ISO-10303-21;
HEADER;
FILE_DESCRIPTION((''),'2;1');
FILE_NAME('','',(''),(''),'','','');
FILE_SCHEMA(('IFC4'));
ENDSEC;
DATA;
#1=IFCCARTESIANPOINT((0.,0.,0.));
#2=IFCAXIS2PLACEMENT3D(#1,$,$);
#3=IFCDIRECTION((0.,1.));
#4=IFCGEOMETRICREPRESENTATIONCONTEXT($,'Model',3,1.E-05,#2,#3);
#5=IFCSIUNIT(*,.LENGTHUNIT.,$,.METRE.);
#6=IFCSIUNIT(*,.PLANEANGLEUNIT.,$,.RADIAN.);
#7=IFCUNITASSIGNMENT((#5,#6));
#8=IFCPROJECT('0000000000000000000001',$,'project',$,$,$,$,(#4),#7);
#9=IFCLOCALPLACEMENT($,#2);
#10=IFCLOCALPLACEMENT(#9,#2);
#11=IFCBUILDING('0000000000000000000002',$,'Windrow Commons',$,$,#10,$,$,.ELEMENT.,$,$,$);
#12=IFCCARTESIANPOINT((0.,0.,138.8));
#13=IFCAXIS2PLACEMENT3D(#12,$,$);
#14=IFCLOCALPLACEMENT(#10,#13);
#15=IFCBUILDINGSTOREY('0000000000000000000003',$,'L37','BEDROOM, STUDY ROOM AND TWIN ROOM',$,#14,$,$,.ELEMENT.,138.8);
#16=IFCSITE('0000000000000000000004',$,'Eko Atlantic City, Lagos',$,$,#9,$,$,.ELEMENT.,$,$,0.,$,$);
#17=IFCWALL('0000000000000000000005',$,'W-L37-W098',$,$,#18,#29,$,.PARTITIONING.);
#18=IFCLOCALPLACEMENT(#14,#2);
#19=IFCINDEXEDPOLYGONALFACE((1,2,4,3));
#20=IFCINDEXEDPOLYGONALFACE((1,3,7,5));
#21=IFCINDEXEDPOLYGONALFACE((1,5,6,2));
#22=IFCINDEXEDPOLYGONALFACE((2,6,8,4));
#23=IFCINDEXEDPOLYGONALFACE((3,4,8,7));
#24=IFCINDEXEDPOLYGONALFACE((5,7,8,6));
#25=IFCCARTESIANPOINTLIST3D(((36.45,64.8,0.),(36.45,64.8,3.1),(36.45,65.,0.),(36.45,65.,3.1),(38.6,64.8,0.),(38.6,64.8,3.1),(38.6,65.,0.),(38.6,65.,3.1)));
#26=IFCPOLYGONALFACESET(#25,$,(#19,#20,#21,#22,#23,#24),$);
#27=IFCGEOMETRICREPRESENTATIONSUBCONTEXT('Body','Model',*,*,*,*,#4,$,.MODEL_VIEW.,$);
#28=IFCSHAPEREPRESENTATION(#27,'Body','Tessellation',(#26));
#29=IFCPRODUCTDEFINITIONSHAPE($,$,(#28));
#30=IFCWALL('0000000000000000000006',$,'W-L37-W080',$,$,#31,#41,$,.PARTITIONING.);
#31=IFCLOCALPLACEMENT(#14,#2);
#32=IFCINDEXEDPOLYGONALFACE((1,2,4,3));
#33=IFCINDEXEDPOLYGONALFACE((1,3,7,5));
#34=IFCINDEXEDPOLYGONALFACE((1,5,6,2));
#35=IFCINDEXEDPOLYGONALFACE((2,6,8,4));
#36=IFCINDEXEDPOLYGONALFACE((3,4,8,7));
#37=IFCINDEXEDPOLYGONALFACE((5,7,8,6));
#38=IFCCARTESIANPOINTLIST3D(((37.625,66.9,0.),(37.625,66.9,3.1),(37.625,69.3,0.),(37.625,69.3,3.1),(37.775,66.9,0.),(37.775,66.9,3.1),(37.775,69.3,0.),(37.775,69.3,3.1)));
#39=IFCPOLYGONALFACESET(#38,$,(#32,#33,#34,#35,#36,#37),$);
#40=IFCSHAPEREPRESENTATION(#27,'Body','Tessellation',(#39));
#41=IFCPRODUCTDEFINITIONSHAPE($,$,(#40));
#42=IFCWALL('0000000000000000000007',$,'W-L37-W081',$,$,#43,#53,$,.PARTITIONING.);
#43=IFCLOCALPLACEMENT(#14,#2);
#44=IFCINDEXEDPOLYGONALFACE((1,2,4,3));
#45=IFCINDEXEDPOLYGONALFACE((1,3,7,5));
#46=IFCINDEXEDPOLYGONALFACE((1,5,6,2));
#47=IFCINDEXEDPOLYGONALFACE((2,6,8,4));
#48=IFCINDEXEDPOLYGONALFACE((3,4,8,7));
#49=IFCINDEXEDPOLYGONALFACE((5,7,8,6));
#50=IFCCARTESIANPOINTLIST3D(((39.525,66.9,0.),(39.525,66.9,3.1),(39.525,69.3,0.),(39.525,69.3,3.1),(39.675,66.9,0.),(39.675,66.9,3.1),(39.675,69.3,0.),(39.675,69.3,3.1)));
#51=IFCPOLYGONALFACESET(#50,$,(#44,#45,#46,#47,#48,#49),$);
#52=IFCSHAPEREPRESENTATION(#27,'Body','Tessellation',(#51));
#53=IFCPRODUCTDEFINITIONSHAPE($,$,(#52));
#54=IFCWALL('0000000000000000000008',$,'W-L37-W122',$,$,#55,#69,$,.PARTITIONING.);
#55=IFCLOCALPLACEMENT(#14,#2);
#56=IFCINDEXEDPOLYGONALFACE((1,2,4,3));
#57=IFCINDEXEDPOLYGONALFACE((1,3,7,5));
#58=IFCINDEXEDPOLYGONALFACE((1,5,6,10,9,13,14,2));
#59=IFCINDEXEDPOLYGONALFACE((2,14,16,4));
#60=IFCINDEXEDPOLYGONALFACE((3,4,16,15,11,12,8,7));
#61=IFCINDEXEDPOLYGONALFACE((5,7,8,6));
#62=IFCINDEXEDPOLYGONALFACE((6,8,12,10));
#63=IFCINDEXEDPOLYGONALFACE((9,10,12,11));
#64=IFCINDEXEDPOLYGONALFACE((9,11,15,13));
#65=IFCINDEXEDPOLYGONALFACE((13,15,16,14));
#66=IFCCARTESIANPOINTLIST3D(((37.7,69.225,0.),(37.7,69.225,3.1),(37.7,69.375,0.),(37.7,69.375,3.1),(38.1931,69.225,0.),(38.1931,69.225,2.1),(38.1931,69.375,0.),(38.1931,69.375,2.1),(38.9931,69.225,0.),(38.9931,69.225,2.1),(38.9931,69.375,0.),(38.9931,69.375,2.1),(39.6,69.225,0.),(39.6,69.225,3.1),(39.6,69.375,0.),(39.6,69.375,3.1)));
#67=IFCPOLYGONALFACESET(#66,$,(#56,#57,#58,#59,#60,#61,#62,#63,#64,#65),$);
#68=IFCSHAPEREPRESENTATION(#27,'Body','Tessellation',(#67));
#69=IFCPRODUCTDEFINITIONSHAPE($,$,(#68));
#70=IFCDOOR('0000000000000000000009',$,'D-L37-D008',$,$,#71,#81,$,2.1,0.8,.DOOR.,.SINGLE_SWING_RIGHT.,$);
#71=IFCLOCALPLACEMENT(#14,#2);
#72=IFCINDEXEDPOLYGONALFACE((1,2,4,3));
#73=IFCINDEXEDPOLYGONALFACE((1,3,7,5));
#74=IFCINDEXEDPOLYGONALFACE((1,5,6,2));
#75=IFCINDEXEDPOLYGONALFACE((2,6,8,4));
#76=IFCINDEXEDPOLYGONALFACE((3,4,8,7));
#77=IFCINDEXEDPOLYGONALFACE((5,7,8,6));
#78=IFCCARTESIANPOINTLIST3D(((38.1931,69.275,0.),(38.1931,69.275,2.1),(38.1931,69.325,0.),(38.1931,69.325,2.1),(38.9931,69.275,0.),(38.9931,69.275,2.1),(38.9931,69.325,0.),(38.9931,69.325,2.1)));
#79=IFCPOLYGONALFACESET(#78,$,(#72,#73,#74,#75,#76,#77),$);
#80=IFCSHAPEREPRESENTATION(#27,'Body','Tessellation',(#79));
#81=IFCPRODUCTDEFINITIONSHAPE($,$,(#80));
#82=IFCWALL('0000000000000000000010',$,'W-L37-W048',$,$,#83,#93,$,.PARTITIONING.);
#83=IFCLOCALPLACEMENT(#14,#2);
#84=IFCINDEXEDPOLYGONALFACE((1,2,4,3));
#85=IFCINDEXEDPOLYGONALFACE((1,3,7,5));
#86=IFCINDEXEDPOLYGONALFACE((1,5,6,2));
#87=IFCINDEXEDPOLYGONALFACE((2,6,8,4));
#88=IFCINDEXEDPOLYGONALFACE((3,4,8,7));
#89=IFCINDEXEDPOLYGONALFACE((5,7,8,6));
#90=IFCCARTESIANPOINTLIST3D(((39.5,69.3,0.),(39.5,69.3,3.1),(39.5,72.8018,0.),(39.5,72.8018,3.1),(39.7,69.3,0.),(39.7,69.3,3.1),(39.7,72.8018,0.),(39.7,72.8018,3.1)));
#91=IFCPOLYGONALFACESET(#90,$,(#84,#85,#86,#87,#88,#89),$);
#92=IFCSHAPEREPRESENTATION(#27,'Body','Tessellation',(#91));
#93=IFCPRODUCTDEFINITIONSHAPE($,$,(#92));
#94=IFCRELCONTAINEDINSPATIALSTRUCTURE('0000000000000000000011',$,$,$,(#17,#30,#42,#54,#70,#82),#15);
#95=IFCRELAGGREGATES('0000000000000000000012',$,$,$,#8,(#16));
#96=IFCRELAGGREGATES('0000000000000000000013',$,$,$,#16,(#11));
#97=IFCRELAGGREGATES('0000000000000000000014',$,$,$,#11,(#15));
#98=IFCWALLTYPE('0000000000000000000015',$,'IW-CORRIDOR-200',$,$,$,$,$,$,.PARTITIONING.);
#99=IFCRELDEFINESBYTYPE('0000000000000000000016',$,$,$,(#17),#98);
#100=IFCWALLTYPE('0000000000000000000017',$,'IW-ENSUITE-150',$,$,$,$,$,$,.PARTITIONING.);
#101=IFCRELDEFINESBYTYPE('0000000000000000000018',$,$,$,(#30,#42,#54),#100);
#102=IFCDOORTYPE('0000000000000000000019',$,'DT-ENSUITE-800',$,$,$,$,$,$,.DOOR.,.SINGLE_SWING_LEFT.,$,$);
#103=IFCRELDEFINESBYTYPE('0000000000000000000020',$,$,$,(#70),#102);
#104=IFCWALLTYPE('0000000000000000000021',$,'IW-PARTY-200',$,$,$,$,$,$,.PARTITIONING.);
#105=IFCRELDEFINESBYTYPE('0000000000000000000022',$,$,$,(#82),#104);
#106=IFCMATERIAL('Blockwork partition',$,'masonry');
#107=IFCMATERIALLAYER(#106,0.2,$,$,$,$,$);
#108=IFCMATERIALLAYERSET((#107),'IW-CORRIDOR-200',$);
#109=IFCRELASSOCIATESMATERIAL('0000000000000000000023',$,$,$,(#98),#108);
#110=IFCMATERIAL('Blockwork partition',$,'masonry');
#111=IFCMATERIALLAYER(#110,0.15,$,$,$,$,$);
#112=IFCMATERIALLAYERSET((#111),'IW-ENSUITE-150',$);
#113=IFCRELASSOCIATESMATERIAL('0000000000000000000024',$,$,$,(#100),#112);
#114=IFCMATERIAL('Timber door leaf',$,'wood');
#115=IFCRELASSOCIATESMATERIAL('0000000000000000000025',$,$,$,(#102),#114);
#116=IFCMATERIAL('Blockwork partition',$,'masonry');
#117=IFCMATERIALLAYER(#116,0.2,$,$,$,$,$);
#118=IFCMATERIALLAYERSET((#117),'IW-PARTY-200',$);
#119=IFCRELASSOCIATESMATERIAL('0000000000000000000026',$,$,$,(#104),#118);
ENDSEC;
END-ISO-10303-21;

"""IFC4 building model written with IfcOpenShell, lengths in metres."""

from ifc_helpers import new_model, si_unit, direction, frame, frame_2d, origin, place, context, subcontext, project, spatial, rectangle, extrude, material, layer, layer_set, type_object, element, fill, save


model = new_model("IFC4")

# Units and contexts
model_context = context("Model", 3, precision=1e-05, world=origin(), true_north=direction((0.0, 1.0)))
body_context = subcontext(model_context, "Body", "Model", "MODEL_VIEW")
ifc_project = project(units=[si_unit("LENGTHUNIT", "METRE"), si_unit("PLANEANGLEUNIT", "RADIAN")], contexts=[model_context])

# Site, building, storey
site_placement = place(None, origin())
site = spatial("IfcSite", under=ifc_project, at=site_placement, Name="Eko Atlantic City, Lagos", CompositionType="ELEMENT", RefElevation=0.0)
building_placement = place(site_placement, origin())
building = spatial("IfcBuilding", under=site, at=building_placement, Name="Windrow Commons", CompositionType="ELEMENT")
storey_placement = place(building_placement, frame((0.0, 0.0, 138.8)))
storey = spatial("IfcBuildingStorey", under=building, at=storey_placement, Name="L37", Description="BEDROOM, STUDY ROOM AND TWIN ROOM", CompositionType="ELEMENT", Elevation=138.8)

# Shared definitions
ifc_material_1 = material(Name="Blockwork partition", Category="masonry")
ifc_layer_1 = layer(ifc_material_1, 0.2)
ifc_layer_set_1 = layer_set([ifc_layer_1], Name="IW-CORRIDOR-200")
wall_type_1 = type_object("IfcWallType", Name="IW-CORRIDOR-200", PredefinedType="PARTITIONING", material=ifc_layer_set_1)

# Walls
wall_1_placement = place(storey_placement, frame((36.45, 64.9, 0.0), z_axis=(0.0, 0.0, 1.0), x_axis=(1.0, 0.0, 0.0)))
element("IfcWall", 1, at=wall_1_placement, inside=storey, type_object=wall_type_1, Name="W-L37-W098", PredefinedType="PARTITIONING", context=body_context, shape_type="SweptSolid", body=[
    extrude(rectangle(XDim=2.15, YDim=0.2, at=frame_2d((1.075, 0.0))), origin(), (0.0, 0.0, 1.0), 3.1),
])
ifc_material_2 = material(Name="Blockwork partition", Category="masonry")
ifc_layer_2 = layer(ifc_material_2, 0.15)
ifc_layer_set_2 = layer_set([ifc_layer_2], Name="IW-ENSUITE-150")
wall_type_2 = type_object("IfcWallType", Name="IW-ENSUITE-150", PredefinedType="PARTITIONING", material=ifc_layer_set_2)
for number, where, z_axis, x_axis, name in (
    (2, (37.7, 66.9, 0.0), (0.0, 0.0, 1.0), (0.0, 1.0, 0.0), "W-L37-W080"),
    (3, (39.6, 66.9, 0.0), (0.0, 0.0, 1.0), (0.0, 1.0, 0.0), "W-L37-W081"),
):
    element("IfcWall", number, at=place(storey_placement, frame(where, z_axis=z_axis, x_axis=x_axis)), inside=storey, type_object=wall_type_2, Name=name, PredefinedType="PARTITIONING", context=body_context, shape_type="SweptSolid", body=[
        extrude(rectangle(XDim=2.4, YDim=0.15, at=frame_2d((1.2, 0.0))), origin(), (0.0, 0.0, 1.0), 3.1),
    ])

# Wall, opening, door
wall_2_placement = place(storey_placement, frame((37.7, 69.3, 0.0), z_axis=(0.0, 0.0, 1.0), x_axis=(1.0, 0.0, 0.0)))
wall_2 = element("IfcWall", 4, at=wall_2_placement, inside=storey, type_object=wall_type_2, Name="W-L37-W122", PredefinedType="PARTITIONING", context=body_context, shape_type="SweptSolid", body=[
    extrude(rectangle(XDim=1.9, YDim=0.15, at=frame_2d((0.95, 0.0))), origin(), (0.0, 0.0, 1.0), 3.1),
])
opening_1_placement = place(wall_2_placement, frame((0.4931, 0.0, 0.0)))
opening_1 = element("IfcOpeningElement", 5, at=opening_1_placement, cuts=wall_2, PredefinedType="OPENING", context=body_context, shape_type="SweptSolid", body=[
    extrude(rectangle(XDim=0.8, YDim=2.1, at=frame_2d((0.4, 1.05))), frame((0.0, 0.085, 0.0), z_axis=(0.0, -1.0, 0.0), x_axis=(1.0, 0.0, 0.0)), (0.0, 0.0, 1.0), 0.17),
])
ifc_material_3 = material(Name="Timber door leaf", Category="wood")
door_type_1 = type_object("IfcDoorType", Name="DT-ENSUITE-800", OperationType="SINGLE_SWING_LEFT", PredefinedType="DOOR", material=ifc_material_3)
door_1_placement = place(opening_1_placement, origin())
door_1 = element("IfcDoor", 6, at=door_1_placement, inside=storey, type_object=door_type_1, Name="D-L37-D008", OperationType="SINGLE_SWING_RIGHT", OverallHeight=2.1, OverallWidth=0.8, PredefinedType="DOOR", context=body_context, shape_type="SweptSolid", body=[
    extrude(rectangle(XDim=0.8, YDim=2.1, at=frame_2d((0.4, 1.05))), frame((0.0, 0.025, 0.0), z_axis=(0.0, -1.0, 0.0), x_axis=(1.0, 0.0, 0.0)), (0.0, 0.0, 1.0), 0.05),
])
fill(opening_1, door_1)

# Wall
ifc_material_4 = material(Name="Blockwork partition", Category="masonry")
ifc_layer_3 = layer(ifc_material_4, 0.2)
ifc_layer_set_3 = layer_set([ifc_layer_3], Name="IW-PARTY-200")
wall_type_3 = type_object("IfcWallType", Name="IW-PARTY-200", PredefinedType="PARTITIONING", material=ifc_layer_set_3)
wall_3_placement = place(storey_placement, frame((39.6, 69.3, 0.0), z_axis=(0.0, 0.0, 1.0), x_axis=(0.0, 1.0, 0.0)))
element("IfcWall", 7, at=wall_3_placement, inside=storey, type_object=wall_type_3, Name="W-L37-W048", PredefinedType="PARTITIONING", context=body_context, shape_type="SweptSolid", body=[
    extrude(rectangle(XDim=3.5017, YDim=0.2, at=frame_2d((1.7509, 0.0))), origin(), (0.0, 0.0, 1.0), 3.1),
])

save(model, "model.ifc")
